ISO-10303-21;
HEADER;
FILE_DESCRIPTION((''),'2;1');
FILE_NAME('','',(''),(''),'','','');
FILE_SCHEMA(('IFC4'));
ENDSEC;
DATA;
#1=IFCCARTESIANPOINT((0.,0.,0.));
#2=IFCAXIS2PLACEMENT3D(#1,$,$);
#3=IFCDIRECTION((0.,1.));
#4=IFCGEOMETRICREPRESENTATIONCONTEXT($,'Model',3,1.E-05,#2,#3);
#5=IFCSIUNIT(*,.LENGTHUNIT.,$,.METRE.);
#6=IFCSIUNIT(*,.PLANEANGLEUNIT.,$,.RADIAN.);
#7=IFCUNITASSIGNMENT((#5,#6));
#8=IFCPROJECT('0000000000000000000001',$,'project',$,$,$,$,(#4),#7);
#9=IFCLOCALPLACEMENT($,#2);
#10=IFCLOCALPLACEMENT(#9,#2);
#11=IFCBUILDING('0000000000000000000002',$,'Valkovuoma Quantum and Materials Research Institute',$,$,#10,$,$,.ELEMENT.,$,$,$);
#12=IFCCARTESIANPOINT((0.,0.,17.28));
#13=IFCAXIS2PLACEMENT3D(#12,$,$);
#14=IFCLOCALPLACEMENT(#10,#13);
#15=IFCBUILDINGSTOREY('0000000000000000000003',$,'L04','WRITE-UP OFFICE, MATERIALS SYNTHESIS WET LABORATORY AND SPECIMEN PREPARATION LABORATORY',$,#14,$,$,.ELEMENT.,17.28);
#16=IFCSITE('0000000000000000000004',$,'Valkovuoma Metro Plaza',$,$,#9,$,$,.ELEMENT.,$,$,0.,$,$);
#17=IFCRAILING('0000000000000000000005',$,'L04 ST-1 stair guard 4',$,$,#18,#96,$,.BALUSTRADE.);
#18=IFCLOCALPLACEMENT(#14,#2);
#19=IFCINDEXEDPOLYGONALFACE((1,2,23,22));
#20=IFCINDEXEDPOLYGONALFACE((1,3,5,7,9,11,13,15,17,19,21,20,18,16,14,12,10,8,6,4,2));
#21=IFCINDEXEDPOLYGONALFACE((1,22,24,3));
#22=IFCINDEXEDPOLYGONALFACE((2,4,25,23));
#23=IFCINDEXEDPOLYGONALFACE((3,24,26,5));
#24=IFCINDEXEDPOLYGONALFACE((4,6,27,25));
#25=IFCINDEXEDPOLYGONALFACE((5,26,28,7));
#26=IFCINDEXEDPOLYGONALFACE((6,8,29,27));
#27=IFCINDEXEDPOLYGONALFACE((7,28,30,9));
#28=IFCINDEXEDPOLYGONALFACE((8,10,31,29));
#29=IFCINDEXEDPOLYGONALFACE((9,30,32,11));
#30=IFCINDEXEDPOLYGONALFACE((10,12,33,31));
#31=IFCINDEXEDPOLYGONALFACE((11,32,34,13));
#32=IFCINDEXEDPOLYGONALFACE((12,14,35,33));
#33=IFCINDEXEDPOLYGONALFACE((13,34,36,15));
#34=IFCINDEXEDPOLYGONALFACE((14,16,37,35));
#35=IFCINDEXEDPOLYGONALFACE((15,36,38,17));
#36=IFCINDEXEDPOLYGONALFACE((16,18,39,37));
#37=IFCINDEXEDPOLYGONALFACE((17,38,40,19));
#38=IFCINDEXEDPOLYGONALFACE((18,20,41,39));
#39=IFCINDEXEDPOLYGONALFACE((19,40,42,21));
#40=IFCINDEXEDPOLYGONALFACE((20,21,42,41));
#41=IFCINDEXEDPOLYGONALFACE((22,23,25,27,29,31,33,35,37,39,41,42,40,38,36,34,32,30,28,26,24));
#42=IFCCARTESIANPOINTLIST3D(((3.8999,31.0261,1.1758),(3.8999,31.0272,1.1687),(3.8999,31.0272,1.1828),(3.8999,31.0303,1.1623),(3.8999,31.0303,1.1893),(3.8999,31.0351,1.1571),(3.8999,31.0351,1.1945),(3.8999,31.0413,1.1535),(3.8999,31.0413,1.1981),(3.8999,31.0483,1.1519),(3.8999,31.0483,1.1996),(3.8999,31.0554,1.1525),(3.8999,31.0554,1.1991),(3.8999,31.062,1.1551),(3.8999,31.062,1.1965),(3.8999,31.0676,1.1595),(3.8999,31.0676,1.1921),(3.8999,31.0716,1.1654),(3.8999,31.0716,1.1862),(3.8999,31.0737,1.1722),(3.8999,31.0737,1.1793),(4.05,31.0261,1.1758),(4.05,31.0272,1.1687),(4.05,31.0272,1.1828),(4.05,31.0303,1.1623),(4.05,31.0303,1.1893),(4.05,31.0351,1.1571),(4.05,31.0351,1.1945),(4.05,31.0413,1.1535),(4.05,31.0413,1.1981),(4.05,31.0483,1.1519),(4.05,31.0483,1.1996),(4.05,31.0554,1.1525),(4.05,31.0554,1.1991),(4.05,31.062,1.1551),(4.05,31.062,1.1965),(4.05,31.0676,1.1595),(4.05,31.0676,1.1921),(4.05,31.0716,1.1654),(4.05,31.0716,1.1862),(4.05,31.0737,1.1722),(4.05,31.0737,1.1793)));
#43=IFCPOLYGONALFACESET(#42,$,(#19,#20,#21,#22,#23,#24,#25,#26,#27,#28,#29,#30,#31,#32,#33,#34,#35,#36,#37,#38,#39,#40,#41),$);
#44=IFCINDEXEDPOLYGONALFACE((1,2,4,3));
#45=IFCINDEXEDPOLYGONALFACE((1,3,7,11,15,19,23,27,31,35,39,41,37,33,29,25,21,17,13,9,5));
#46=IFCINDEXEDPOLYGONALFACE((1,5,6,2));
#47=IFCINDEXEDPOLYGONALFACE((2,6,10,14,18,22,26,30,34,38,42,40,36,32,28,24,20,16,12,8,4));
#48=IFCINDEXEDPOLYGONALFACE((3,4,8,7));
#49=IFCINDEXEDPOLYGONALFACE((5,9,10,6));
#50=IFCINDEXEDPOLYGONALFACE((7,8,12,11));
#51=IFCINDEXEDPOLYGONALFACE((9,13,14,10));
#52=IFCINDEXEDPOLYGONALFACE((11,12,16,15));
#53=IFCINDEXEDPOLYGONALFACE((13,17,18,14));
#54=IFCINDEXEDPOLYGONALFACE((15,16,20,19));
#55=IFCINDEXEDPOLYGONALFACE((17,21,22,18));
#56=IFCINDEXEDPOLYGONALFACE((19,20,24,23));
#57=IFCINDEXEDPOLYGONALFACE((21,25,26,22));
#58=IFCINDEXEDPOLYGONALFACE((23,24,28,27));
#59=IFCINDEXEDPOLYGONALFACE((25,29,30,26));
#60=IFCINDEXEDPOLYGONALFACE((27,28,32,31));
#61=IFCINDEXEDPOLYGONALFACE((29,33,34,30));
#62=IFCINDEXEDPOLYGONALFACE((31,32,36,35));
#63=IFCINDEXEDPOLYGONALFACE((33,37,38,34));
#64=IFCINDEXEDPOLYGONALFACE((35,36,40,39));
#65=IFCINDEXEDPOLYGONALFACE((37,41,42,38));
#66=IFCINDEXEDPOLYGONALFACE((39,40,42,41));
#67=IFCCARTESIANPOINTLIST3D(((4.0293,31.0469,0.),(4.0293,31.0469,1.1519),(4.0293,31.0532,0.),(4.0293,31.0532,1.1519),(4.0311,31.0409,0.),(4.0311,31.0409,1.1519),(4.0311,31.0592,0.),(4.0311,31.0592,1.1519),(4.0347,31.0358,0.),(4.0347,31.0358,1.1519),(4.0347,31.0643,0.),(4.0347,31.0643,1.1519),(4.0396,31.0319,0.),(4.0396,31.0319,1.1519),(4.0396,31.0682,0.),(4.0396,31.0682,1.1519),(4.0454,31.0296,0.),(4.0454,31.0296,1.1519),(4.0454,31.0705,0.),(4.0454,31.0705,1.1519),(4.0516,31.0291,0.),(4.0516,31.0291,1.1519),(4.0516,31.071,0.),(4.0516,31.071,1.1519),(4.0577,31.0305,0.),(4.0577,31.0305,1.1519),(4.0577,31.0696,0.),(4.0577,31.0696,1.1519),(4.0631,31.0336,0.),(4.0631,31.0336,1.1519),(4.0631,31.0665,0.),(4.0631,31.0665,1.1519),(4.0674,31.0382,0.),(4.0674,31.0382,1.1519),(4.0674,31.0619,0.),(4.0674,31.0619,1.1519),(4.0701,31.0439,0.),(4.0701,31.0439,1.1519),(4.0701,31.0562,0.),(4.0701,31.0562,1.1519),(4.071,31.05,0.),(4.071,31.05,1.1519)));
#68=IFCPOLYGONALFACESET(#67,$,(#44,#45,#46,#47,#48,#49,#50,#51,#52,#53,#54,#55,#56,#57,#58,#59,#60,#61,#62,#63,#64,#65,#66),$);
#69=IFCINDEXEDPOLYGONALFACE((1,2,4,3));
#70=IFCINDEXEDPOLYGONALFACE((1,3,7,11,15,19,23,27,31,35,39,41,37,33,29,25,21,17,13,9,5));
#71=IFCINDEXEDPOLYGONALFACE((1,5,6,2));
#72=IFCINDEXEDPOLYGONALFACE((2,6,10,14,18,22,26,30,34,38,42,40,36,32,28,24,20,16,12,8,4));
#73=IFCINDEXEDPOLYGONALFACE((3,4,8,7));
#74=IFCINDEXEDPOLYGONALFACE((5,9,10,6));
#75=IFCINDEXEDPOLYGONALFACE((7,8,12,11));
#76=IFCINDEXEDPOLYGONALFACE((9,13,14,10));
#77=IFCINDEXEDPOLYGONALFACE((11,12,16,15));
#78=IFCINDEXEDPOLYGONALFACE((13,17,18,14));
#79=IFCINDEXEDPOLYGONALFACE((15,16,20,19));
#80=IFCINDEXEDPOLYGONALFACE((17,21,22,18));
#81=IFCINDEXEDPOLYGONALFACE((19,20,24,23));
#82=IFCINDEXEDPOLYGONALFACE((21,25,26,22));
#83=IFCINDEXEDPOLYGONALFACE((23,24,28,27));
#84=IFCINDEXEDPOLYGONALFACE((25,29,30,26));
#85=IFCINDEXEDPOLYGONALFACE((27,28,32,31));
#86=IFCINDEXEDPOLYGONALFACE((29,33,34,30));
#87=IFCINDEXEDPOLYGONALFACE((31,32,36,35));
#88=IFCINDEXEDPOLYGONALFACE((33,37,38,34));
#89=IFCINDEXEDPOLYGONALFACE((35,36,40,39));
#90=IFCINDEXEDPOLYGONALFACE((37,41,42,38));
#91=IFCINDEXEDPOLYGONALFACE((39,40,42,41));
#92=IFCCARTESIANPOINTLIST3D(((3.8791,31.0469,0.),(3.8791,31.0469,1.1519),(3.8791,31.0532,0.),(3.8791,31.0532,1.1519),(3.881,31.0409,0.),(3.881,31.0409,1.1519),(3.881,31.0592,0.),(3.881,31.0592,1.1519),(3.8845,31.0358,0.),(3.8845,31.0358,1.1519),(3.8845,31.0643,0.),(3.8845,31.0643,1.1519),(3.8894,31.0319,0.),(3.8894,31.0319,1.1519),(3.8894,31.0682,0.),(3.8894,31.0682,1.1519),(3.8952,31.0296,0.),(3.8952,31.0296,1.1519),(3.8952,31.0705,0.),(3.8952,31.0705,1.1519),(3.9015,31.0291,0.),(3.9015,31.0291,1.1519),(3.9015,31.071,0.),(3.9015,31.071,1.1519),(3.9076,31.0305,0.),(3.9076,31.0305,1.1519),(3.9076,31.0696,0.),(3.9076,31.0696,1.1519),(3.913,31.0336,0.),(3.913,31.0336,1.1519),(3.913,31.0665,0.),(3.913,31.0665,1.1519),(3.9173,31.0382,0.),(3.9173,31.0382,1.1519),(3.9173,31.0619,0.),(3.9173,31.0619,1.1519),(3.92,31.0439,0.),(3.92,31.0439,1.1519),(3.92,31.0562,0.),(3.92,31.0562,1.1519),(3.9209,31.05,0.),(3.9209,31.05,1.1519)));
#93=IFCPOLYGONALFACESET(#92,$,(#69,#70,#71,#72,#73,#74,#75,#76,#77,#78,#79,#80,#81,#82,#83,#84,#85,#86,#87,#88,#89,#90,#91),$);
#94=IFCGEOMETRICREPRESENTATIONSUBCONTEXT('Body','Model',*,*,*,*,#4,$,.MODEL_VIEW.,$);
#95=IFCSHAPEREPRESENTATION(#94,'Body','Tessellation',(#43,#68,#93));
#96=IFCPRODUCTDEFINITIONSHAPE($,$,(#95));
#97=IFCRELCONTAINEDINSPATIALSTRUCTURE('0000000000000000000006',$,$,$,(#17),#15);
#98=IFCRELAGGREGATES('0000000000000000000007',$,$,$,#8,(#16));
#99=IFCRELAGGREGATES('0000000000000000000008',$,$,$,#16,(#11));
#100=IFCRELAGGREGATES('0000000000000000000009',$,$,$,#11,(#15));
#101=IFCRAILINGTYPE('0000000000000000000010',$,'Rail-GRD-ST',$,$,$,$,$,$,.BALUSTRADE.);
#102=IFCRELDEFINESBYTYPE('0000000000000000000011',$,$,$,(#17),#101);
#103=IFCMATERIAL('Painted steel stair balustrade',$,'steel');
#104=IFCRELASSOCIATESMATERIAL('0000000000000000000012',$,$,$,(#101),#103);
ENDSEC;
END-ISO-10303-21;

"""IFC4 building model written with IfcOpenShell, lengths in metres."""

from ifc_helpers import new_model, si_unit, direction, frame, origin, origin_2d, place, context, subcontext, project, spatial, circle, extrude, material, type_object, element, save


model = new_model("IFC4")

# Units and contexts
model_context = context("Model", 3, precision=1e-05, world=origin(), true_north=direction((0.0, 1.0)))
body_context = subcontext(model_context, "Body", "Model", "MODEL_VIEW")
ifc_project = project(units=[si_unit("LENGTHUNIT", "METRE"), si_unit("PLANEANGLEUNIT", "RADIAN")], contexts=[model_context])

# Site, building, storey
site_placement = place(None, origin())
site = spatial("IfcSite", under=ifc_project, at=site_placement, Name="Valkovuoma Metro Plaza", CompositionType="ELEMENT", RefElevation=0.0)
building_placement = place(site_placement, origin())
building = spatial("IfcBuilding", under=site, at=building_placement, Name="Valkovuoma Quantum and Materials Research Institute", CompositionType="ELEMENT")
storey_placement = place(building_placement, frame((0.0, 0.0, 17.28)))
storey = spatial("IfcBuildingStorey", under=building, at=storey_placement, Name="L04", Description="WRITE-UP OFFICE, MATERIALS SYNTHESIS WET LABORATORY AND SPECIMEN PREPARATION LABORATORY", CompositionType="ELEMENT", Elevation=17.28)

# Railing
ifc_material_1 = material(Name="Painted steel stair balustrade", Category="steel")
railing_type_1 = type_object("IfcRailingType", Name="Rail-GRD-ST", PredefinedType="BALUSTRADE", material=ifc_material_1)
railing_1_placement = place(storey_placement, frame((4.05, 31.05, 0.0)))
element("IfcRailing", 1, at=railing_1_placement, inside=storey, type_object=railing_type_1, Name="L04 ST-1 stair guard 4", PredefinedType="BALUSTRADE", context=body_context, shape_type="SweptSolid", body=[
    extrude(circle(Radius=0.0239, at=origin_2d()), frame((0.0, 0.0, 1.1758), z_axis=(-1.0, 0.0, 0.0), x_axis=(0.0, -1.0, 0.0)), (0.0, 0.0, 1.0), 0.1501),
    extrude(circle(Radius=0.021, at=origin_2d()), origin(), (0.0, 0.0, 1.0), 1.1519),
    extrude(circle(Radius=0.021, at=origin_2d()), frame((-0.1501, 0.0, 0.0)), (0.0, 0.0, 1.0), 1.1519),
])

save(model, "model.ifc")
